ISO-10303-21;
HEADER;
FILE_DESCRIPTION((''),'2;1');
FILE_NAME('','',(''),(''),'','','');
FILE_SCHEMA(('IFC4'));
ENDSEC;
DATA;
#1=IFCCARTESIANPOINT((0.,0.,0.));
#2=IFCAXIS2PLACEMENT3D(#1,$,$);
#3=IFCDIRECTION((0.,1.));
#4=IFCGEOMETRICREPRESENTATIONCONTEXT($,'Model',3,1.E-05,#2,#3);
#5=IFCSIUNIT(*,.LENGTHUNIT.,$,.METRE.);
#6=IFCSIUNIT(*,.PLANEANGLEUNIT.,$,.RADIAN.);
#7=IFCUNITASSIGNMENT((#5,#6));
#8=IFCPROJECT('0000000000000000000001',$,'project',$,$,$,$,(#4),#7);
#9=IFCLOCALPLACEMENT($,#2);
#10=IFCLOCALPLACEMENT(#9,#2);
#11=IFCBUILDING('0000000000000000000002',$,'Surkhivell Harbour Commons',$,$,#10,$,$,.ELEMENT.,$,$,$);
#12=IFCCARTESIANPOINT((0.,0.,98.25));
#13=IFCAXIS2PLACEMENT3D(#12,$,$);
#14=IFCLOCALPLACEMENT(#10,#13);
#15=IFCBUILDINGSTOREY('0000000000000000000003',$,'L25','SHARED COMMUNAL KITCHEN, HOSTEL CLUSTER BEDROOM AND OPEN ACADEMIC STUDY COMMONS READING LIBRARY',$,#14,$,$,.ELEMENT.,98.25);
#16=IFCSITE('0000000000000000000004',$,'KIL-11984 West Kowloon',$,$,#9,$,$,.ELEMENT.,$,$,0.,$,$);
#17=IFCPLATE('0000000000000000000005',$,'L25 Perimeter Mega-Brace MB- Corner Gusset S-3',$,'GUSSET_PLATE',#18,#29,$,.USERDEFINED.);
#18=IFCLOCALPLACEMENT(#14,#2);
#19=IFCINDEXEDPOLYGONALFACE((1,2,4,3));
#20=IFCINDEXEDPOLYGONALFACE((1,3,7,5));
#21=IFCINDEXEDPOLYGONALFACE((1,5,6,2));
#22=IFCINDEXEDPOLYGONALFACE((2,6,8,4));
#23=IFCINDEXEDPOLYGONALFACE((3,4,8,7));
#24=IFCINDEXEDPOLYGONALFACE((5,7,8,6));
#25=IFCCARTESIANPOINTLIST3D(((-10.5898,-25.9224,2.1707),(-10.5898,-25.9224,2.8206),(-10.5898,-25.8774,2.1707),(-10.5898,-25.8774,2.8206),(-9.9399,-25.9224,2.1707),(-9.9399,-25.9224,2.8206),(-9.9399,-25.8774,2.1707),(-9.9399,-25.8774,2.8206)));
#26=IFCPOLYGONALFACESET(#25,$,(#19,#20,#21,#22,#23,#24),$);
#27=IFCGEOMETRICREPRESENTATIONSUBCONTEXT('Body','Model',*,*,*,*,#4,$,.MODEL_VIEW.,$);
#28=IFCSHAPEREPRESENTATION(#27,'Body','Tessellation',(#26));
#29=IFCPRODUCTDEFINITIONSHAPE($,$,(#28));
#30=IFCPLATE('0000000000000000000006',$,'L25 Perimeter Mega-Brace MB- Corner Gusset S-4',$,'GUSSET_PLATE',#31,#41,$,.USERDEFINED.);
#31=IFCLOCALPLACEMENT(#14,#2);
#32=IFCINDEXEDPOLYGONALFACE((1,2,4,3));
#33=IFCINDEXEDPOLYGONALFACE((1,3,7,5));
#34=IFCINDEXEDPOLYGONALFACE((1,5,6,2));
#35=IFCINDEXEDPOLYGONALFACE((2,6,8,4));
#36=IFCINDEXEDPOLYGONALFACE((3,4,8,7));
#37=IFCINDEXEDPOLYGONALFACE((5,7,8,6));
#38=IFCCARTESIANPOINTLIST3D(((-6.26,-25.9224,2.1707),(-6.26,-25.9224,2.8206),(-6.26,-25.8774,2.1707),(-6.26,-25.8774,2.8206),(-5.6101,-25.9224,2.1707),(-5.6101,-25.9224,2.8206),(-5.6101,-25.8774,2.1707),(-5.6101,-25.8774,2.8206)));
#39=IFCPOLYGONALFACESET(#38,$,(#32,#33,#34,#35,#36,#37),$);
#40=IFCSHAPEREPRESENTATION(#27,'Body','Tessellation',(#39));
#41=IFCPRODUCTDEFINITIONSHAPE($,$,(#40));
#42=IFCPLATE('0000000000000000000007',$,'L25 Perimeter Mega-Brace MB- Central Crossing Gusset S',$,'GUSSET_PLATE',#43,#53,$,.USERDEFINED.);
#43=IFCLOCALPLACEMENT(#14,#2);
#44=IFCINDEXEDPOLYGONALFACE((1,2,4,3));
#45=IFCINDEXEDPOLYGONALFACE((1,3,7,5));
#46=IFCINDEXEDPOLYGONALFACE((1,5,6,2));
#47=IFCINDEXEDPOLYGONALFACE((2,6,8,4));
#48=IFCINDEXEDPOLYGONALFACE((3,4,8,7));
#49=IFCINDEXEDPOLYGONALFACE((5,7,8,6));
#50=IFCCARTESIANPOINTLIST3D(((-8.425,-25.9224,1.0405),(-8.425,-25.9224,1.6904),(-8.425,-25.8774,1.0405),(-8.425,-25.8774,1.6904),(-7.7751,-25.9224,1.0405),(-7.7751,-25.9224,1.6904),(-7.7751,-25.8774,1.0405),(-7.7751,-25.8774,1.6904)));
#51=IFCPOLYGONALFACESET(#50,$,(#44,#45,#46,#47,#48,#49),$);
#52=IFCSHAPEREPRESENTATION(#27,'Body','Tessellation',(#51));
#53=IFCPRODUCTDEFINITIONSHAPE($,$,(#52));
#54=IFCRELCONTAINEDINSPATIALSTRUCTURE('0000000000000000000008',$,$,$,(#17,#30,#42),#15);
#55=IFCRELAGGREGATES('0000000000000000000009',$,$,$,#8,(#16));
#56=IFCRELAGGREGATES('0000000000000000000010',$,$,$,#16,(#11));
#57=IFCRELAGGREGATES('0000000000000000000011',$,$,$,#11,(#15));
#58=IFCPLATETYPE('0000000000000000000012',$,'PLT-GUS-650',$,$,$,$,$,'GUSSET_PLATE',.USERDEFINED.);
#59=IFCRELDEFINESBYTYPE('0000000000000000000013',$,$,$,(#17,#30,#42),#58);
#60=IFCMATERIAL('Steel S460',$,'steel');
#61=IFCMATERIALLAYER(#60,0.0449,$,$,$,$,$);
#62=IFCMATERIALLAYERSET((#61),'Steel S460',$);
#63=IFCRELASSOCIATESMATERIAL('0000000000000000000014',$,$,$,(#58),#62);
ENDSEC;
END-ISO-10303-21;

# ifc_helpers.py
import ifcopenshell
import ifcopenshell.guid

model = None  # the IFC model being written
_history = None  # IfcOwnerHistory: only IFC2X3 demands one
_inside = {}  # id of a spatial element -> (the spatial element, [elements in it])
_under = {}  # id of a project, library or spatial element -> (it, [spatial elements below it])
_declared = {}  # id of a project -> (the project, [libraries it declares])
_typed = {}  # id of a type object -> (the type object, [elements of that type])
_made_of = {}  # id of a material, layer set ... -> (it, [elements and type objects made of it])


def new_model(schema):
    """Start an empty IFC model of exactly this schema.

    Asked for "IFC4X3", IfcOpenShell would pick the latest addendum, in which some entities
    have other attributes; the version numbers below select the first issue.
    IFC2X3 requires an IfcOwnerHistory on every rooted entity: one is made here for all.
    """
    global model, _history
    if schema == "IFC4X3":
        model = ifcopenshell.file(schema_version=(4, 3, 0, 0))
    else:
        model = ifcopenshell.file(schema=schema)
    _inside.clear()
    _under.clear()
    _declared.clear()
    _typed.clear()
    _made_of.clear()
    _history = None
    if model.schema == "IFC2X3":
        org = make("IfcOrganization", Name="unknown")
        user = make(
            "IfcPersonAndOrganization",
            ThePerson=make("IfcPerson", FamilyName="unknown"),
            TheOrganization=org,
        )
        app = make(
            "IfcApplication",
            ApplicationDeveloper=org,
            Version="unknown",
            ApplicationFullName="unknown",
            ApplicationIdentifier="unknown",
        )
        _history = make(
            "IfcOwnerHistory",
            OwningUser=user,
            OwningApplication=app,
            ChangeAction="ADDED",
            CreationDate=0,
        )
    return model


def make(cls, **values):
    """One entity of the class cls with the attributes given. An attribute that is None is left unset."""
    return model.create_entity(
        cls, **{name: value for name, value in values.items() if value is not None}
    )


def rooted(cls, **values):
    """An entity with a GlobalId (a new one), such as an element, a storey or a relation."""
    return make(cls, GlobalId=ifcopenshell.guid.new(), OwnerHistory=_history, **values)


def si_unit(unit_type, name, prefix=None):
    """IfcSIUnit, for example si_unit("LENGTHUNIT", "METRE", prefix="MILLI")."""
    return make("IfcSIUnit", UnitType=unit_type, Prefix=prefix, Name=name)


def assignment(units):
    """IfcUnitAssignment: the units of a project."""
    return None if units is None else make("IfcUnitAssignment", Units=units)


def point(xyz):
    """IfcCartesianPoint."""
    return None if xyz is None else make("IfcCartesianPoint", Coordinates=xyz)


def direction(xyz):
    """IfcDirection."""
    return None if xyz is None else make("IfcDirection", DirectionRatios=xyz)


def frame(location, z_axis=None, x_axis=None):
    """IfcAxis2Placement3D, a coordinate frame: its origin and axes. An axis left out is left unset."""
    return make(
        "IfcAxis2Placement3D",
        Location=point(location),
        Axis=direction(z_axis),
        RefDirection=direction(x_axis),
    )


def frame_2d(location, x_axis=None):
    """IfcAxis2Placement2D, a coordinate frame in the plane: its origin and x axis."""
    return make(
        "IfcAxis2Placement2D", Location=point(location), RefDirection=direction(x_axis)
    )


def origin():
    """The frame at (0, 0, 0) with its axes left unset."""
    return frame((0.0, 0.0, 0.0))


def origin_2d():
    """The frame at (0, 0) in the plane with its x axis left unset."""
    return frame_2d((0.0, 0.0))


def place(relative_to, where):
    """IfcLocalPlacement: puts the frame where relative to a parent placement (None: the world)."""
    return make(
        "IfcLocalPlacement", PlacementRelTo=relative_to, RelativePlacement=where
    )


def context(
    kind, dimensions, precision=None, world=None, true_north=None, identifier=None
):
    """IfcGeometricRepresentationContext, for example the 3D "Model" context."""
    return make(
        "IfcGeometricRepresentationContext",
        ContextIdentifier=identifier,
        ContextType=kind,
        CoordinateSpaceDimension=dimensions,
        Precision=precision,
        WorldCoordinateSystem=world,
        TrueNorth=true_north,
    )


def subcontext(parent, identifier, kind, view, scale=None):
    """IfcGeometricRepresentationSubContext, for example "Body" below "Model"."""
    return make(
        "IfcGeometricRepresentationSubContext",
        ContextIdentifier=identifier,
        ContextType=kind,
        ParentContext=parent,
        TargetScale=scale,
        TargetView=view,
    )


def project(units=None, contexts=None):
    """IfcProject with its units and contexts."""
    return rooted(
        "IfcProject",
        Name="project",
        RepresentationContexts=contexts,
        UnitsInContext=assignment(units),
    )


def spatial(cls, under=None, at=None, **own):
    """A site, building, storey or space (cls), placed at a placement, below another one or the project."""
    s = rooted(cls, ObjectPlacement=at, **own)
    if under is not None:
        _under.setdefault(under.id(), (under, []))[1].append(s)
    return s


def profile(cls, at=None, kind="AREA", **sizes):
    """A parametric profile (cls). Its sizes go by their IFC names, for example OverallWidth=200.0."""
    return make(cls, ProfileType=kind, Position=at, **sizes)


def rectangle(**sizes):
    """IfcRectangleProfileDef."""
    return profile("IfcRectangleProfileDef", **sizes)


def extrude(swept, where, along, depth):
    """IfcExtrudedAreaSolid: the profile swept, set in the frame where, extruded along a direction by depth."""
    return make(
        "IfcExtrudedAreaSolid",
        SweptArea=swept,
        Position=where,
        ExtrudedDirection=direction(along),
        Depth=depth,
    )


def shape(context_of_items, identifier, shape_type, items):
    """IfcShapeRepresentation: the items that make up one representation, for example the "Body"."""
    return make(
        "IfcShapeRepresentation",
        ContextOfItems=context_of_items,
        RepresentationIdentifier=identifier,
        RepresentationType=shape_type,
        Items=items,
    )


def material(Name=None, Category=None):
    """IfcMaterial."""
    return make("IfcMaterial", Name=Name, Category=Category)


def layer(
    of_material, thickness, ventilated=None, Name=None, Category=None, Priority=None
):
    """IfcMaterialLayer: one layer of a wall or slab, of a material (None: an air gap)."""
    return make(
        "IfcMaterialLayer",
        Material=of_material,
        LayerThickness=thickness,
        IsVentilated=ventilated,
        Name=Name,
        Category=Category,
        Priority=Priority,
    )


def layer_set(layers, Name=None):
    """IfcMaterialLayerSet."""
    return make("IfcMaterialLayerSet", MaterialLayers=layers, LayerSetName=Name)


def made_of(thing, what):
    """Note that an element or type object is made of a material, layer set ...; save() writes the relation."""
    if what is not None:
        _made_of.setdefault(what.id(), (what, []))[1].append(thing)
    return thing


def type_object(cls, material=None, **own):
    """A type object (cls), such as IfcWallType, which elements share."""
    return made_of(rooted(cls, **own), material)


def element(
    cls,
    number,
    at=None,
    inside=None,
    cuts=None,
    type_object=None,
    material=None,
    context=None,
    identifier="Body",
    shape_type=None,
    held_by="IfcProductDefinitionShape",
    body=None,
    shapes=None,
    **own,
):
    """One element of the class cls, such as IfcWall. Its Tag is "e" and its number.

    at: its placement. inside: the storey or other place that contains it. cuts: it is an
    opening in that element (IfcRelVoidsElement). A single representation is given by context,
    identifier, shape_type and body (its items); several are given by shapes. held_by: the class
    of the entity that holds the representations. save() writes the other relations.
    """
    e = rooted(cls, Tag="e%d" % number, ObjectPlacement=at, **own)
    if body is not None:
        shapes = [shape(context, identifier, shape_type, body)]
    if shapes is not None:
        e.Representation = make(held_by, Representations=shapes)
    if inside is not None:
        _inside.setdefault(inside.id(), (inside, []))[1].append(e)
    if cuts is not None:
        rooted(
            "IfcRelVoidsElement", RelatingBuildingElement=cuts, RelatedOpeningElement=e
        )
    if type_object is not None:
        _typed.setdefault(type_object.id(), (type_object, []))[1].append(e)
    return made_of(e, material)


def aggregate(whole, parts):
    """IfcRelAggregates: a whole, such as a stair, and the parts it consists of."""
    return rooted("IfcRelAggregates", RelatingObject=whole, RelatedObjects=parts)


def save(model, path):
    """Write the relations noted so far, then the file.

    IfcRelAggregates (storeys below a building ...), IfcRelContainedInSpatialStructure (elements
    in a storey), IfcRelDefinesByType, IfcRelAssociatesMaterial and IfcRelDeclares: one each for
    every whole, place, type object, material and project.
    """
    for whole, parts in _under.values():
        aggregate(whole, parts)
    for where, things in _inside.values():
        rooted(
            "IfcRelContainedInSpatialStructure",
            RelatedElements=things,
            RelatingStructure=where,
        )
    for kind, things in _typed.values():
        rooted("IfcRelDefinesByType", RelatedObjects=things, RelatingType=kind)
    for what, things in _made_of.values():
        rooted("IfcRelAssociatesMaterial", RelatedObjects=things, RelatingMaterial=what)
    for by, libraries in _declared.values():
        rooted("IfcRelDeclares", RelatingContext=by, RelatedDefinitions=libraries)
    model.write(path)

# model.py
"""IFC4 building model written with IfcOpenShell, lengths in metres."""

from ifc_helpers import new_model, si_unit, direction, frame, origin, origin_2d, place, context, subcontext, project, spatial, rectangle, extrude, material, layer, layer_set, type_object, element, save


model = new_model("IFC4")

# Units and contexts
model_context = context("Model", 3, precision=1e-05, world=origin(), true_north=direction((0.0, 1.0)))
body_context = subcontext(model_context, "Body", "Model", "MODEL_VIEW")
ifc_project = project(units=[si_unit("LENGTHUNIT", "METRE"), si_unit("PLANEANGLEUNIT", "RADIAN")], contexts=[model_context])

# Site, building, storey
site_placement = place(None, origin())
site = spatial("IfcSite", under=ifc_project, at=site_placement, Name="KIL-11984 West Kowloon", CompositionType="ELEMENT", RefElevation=0.0)
building_placement = place(site_placement, origin())
building = spatial("IfcBuilding", under=site, at=building_placement, Name="Surkhivell Harbour Commons", CompositionType="ELEMENT")
storey_placement = place(building_placement, frame((0.0, 0.0, 98.25)))
storey = spatial("IfcBuildingStorey", under=building, at=storey_placement, Name="L25", Description="SHARED COMMUNAL KITCHEN, HOSTEL CLUSTER BEDROOM AND OPEN ACADEMIC STUDY COMMONS READING LIBRARY", CompositionType="ELEMENT", Elevation=98.25)

# Shared definitions
ifc_material_1 = material(Name="Steel S460", Category="steel")

# Plates
ifc_layer_1 = layer(ifc_material_1, 0.0449)
ifc_layer_set_1 = layer_set([ifc_layer_1], Name="Steel S460")
plate_type_1 = type_object("IfcPlateType", Name="PLT-GUS-650", ElementType="GUSSET_PLATE", PredefinedType="USERDEFINED", material=ifc_layer_set_1)
for number, where, z_axis, x_axis, name in (
    (1, (-10.2649, -25.8999, 2.1707), (0.0, 0.0, 1.0), (1.0, 0.0, 0.0), "L25 Perimeter Mega-Brace MB- Corner Gusset S-3"),
    (2, (-5.9351, -25.8999, 2.1707), (0.0, 0.0, 1.0), (1.0, 0.0, 0.0), "L25 Perimeter Mega-Brace MB- Corner Gusset S-4"),
    (3, (-8.1001, -25.8999, 1.0405), (0.0, 0.0, 1.0), (1.0, 0.0, 0.0), "L25 Perimeter Mega-Brace MB- Central Crossing Gusset S"),
):
    element("IfcPlate", number, at=place(storey_placement, frame(where, z_axis=z_axis, x_axis=x_axis)), inside=storey, type_object=plate_type_1, Name=name, ObjectType="GUSSET_PLATE", PredefinedType="USERDEFINED", context=body_context, shape_type="SweptSolid", body=[
        extrude(rectangle(XDim=0.6499, YDim=0.0449, at=origin_2d()), origin(), (0.0, 0.0, 1.0), 0.6499),
    ])

save(model, "model.ifc")
